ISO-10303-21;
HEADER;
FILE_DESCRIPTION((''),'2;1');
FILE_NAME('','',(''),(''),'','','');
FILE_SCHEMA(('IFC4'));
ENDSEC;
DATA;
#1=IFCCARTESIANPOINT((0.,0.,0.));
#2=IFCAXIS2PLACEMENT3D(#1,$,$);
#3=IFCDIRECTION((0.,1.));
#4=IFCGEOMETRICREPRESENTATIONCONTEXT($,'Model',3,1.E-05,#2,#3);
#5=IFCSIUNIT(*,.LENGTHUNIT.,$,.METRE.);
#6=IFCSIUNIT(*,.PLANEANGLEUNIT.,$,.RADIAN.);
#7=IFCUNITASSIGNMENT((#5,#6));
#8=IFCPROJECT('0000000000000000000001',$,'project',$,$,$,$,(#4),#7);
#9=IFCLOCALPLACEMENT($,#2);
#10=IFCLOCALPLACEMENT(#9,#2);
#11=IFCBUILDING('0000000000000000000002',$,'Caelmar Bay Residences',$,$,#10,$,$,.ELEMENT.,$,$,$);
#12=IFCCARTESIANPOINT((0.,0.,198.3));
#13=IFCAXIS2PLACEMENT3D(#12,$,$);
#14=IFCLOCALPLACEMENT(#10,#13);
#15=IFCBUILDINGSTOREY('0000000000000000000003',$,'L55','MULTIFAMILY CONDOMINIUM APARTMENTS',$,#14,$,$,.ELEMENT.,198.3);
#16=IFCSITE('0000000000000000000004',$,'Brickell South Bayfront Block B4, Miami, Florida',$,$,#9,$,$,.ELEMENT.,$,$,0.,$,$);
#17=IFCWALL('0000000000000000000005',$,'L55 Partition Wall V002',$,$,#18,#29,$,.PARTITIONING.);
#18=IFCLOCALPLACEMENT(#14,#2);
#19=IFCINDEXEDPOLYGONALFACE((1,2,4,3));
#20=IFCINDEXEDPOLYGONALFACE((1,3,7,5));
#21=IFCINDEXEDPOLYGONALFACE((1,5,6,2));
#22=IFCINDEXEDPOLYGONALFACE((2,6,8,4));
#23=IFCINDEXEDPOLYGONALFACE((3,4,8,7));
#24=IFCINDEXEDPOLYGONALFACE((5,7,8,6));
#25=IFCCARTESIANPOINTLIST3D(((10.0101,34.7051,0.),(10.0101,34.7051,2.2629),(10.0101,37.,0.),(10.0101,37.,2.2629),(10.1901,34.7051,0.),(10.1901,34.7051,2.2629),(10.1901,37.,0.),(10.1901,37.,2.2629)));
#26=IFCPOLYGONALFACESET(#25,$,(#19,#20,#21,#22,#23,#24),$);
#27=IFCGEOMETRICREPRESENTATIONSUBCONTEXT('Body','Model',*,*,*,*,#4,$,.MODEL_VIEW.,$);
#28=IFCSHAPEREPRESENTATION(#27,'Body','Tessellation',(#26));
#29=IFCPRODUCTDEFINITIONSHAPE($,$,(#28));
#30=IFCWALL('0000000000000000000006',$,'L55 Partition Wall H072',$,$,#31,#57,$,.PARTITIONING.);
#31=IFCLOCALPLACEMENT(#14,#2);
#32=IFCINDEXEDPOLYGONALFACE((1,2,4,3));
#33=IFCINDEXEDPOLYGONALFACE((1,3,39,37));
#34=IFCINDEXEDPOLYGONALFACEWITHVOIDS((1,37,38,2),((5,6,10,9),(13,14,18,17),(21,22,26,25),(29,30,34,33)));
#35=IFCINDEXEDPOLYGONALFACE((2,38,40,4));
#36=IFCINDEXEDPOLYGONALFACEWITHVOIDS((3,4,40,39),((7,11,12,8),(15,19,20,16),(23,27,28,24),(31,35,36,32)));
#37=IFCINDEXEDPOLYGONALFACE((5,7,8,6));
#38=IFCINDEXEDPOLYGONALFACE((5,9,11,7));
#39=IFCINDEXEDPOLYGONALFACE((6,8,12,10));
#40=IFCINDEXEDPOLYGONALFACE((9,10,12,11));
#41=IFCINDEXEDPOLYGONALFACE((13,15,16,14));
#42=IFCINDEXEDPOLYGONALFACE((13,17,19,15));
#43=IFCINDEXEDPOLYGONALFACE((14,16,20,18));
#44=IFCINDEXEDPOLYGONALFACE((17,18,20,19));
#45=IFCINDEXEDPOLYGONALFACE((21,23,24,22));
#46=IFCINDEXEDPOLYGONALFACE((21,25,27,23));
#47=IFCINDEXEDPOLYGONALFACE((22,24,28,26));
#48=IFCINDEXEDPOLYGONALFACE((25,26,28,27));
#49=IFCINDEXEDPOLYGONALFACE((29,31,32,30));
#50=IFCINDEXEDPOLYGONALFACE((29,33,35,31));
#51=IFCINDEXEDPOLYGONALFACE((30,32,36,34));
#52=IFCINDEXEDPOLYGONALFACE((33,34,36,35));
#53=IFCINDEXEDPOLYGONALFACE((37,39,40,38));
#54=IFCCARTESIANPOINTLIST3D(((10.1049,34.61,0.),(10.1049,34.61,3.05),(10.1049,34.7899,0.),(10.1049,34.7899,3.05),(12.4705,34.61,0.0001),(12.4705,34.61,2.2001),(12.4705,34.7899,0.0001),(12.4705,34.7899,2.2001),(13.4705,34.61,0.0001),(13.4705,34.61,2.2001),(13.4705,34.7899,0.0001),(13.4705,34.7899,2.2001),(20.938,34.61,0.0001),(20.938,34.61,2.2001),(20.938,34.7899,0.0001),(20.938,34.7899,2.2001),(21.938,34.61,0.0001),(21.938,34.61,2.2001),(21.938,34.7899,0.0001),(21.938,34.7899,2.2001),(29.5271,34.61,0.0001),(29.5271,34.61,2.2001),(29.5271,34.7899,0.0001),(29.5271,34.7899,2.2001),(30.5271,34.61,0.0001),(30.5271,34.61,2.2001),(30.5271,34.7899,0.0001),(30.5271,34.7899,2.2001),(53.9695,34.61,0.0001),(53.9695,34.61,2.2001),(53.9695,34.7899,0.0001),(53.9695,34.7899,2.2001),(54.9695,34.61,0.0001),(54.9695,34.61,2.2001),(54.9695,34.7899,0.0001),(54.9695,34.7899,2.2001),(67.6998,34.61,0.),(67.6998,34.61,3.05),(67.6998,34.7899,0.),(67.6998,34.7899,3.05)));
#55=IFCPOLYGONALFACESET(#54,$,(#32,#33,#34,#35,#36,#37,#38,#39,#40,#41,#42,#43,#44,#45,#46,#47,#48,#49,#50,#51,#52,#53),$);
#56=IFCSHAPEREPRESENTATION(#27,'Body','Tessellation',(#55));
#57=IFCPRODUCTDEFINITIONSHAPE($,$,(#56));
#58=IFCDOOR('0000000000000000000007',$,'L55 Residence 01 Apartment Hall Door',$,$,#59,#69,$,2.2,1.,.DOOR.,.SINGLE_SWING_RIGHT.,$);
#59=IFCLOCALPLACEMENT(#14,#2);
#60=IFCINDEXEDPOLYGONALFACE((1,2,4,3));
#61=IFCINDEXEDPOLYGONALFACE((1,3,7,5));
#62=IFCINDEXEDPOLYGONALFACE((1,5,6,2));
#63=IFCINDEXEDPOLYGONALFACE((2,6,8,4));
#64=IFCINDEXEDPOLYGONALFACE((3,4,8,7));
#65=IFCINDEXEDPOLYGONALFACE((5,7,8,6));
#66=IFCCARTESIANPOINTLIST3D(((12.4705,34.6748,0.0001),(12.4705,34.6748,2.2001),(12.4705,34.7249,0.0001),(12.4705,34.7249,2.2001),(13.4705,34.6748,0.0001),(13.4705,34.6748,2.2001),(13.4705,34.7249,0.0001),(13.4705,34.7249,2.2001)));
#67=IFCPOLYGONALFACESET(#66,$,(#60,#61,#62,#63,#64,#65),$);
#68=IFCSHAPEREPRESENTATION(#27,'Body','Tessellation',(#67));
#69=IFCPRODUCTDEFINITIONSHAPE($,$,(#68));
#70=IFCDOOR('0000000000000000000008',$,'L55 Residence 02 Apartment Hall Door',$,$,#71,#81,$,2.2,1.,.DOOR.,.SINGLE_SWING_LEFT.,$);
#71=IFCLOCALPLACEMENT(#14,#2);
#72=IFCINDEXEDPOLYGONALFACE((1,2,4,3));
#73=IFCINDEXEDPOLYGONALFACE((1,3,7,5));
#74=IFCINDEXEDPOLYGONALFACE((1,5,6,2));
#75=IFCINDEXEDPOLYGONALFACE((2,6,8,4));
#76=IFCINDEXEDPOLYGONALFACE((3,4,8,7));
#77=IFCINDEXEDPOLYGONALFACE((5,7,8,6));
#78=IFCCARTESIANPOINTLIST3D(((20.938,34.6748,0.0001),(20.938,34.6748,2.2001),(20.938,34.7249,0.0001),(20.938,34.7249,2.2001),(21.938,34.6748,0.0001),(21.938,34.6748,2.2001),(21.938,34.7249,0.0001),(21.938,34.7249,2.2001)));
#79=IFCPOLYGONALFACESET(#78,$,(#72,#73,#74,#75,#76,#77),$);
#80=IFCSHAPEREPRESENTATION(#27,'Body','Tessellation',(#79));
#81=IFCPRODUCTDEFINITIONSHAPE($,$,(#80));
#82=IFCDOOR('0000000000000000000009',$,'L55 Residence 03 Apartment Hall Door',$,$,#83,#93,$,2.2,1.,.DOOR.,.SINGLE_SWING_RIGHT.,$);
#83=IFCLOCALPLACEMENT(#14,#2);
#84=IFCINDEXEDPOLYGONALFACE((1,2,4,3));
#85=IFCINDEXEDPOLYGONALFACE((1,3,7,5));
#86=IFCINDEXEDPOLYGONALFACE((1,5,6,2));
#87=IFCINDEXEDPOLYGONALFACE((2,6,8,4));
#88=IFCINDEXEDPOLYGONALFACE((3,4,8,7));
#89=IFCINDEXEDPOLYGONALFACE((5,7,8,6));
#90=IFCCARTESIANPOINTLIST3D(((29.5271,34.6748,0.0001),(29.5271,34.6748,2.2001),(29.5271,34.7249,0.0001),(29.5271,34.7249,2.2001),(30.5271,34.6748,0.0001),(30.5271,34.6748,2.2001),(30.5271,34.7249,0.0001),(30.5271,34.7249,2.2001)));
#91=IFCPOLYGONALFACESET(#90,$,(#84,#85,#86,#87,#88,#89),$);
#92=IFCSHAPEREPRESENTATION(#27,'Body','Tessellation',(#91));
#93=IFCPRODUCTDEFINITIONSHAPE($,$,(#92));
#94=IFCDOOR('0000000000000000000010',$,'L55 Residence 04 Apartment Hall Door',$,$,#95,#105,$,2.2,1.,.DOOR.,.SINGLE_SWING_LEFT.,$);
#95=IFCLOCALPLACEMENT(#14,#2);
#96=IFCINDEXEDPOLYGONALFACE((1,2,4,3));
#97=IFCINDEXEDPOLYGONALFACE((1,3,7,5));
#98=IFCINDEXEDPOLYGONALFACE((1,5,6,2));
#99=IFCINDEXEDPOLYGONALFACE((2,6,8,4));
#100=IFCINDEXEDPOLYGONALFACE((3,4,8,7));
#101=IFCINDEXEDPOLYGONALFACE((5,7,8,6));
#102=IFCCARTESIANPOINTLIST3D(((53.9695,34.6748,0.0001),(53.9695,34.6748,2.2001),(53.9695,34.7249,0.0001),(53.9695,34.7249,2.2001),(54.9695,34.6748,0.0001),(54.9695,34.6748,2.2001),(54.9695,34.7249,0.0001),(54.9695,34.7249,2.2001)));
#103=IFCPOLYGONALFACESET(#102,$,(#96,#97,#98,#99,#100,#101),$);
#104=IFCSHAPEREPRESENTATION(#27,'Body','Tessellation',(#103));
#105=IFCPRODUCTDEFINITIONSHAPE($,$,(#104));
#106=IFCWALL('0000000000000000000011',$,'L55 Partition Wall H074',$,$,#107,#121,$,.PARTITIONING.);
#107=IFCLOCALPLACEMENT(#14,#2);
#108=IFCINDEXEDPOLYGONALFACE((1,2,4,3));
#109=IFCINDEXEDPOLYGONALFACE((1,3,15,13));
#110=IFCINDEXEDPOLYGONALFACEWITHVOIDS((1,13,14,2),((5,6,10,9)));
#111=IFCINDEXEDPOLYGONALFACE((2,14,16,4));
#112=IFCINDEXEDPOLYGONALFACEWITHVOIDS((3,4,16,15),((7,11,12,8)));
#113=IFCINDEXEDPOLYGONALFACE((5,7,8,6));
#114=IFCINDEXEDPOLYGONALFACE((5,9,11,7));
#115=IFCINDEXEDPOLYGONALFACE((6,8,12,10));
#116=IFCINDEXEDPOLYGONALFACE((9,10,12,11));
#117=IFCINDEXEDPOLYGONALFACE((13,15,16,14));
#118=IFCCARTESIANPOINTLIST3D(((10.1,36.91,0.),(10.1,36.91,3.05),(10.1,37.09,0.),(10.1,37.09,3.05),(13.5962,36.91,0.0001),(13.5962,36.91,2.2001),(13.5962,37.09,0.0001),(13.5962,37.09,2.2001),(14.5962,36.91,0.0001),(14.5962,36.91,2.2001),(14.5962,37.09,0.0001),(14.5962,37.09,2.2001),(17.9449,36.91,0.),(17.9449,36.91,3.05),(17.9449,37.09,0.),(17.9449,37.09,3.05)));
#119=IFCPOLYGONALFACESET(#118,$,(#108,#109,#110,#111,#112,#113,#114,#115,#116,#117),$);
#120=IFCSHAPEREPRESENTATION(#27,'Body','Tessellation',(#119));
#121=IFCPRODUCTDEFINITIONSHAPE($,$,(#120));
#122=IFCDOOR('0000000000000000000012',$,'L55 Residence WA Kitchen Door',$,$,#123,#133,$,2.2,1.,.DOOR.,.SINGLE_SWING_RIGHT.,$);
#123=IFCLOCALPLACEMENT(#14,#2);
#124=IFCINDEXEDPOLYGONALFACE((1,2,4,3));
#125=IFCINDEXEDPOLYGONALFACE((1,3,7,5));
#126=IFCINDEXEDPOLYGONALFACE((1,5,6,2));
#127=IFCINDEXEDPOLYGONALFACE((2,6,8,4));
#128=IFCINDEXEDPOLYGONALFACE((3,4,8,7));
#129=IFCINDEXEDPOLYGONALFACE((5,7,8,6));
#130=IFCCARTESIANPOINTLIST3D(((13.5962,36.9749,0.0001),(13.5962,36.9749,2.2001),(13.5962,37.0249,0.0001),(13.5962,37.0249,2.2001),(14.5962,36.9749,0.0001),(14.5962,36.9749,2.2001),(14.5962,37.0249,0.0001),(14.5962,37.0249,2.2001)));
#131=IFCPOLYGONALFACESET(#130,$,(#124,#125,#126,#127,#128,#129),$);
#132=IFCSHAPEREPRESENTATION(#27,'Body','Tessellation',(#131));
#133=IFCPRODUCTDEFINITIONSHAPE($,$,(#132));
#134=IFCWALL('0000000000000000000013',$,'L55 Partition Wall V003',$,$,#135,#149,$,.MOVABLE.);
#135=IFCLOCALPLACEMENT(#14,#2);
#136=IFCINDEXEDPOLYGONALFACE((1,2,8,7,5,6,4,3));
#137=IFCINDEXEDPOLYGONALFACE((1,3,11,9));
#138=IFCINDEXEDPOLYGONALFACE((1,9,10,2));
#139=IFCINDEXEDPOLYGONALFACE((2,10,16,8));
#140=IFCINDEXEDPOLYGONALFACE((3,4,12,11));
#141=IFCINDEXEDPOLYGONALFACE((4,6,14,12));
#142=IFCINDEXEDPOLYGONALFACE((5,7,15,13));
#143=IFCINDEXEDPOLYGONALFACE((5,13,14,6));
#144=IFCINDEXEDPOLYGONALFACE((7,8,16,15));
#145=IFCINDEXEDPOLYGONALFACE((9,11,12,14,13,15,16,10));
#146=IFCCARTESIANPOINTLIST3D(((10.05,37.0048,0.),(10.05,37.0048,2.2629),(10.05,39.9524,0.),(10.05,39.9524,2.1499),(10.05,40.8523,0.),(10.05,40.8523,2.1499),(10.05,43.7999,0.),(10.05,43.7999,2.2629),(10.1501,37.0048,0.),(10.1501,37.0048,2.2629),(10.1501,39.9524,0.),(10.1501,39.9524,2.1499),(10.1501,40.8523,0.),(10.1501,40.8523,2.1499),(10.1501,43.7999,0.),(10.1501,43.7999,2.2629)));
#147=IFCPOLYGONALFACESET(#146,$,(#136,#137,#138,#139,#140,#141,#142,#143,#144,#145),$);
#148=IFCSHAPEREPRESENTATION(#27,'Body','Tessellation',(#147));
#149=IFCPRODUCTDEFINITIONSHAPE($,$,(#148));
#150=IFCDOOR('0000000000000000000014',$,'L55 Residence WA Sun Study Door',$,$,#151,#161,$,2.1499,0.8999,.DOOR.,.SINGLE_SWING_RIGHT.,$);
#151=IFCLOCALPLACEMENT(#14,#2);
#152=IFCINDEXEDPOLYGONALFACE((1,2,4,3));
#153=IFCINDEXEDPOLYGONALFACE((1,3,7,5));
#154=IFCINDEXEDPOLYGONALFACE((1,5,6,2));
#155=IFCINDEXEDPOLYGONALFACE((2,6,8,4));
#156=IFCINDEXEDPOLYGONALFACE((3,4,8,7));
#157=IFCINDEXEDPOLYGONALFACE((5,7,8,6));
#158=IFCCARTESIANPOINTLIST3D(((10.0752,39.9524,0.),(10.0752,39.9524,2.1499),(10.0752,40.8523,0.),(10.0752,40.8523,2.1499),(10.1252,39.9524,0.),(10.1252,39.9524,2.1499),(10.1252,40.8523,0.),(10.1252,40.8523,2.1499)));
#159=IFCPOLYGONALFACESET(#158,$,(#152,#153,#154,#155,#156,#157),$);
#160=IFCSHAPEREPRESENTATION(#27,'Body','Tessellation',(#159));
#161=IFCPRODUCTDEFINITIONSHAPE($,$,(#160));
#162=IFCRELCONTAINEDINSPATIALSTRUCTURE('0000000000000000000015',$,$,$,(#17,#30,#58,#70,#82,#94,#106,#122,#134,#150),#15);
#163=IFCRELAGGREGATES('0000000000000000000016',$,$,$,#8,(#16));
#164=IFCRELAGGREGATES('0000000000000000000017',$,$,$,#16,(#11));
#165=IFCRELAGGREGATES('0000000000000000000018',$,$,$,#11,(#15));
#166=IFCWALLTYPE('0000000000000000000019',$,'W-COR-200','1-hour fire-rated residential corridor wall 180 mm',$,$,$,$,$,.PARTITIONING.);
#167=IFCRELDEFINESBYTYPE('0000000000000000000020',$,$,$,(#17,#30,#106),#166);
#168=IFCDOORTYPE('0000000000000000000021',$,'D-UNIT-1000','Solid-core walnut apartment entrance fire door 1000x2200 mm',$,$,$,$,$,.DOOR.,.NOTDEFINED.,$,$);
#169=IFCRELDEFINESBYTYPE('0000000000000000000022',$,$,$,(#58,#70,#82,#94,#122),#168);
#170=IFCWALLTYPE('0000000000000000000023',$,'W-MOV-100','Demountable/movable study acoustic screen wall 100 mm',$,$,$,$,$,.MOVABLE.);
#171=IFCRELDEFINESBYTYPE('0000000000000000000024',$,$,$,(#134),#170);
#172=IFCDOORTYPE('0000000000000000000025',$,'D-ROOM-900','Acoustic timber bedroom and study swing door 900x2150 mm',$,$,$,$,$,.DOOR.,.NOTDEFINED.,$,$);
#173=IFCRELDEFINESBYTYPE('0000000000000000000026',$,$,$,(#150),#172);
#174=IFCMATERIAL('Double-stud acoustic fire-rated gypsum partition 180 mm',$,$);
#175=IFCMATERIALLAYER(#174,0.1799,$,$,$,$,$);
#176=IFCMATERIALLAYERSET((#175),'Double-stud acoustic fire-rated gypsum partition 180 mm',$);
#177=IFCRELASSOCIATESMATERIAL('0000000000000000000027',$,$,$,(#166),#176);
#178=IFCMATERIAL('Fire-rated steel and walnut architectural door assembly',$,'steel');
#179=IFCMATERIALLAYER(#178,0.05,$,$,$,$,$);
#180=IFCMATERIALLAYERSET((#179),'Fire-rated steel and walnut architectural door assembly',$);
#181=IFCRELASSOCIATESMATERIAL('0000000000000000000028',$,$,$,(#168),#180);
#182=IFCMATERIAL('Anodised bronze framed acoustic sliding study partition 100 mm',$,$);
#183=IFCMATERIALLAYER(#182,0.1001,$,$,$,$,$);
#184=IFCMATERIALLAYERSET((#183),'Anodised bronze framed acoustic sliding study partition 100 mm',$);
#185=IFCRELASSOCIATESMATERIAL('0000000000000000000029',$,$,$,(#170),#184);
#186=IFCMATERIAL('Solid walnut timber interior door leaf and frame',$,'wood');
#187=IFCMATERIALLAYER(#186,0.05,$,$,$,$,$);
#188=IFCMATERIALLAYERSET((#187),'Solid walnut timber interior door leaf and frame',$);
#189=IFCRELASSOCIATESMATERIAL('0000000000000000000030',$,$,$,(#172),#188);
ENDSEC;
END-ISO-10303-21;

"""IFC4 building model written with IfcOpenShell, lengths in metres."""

from ifc_helpers import new_model, si_unit, direction, frame, frame_2d, origin, place, context, subcontext, project, spatial, rectangle, extrude, material, layer, layer_set, type_object, element, fill, save


model = new_model("IFC4")

# Units and contexts
model_context = context("Model", 3, precision=1e-05, world=origin(), true_north=direction((0.0, 1.0)))
body_context = subcontext(model_context, "Body", "Model", "MODEL_VIEW")
ifc_project = project(units=[si_unit("LENGTHUNIT", "METRE"), si_unit("PLANEANGLEUNIT", "RADIAN")], contexts=[model_context])

# Site, building, storey
site_placement = place(None, origin())
site = spatial("IfcSite", under=ifc_project, at=site_placement, Name="Brickell South Bayfront Block B4, Miami, Florida", CompositionType="ELEMENT", RefElevation=0.0)
building_placement = place(site_placement, origin())
building = spatial("IfcBuilding", under=site, at=building_placement, Name="Caelmar Bay Residences", CompositionType="ELEMENT")
storey_placement = place(building_placement, frame((0.0, 0.0, 198.3)))
storey = spatial("IfcBuildingStorey", under=building, at=storey_placement, Name="L55", Description="MULTIFAMILY CONDOMINIUM APARTMENTS", CompositionType="ELEMENT", Elevation=198.3)

# Wall
ifc_material_1 = material(Name="Double-stud acoustic fire-rated gypsum partition 180 mm")
ifc_layer_1 = layer(ifc_material_1, 0.1799)
ifc_layer_set_1 = layer_set([ifc_layer_1], Name="Double-stud acoustic fire-rated gypsum partition 180 mm")
wall_type_1 = type_object("IfcWallType", Name="W-COR-200", Description="1-hour fire-rated residential corridor wall 180 mm", PredefinedType="PARTITIONING", material=ifc_layer_set_1)
wall_1_placement = place(storey_placement, frame((10.1001, 34.7051, 0.0), z_axis=(0.0, 0.0, 1.0), x_axis=(0.0, 1.0, 0.0)))
element("IfcWall", 1, at=wall_1_placement, inside=storey, type_object=wall_type_1, Name="L55 Partition Wall V002", PredefinedType="PARTITIONING", context=body_context, shape_type="SweptSolid", body=[
    extrude(rectangle(XDim=2.2949, YDim=0.1799, at=frame_2d((1.1475, 0.0))), origin(), (0.0, 0.0, 1.0), 2.2629),
])

# Wall, openings, doors
wall_2_placement = place(storey_placement, frame((10.105, 34.7, 0.0), z_axis=(0.0, 0.0, 1.0), x_axis=(1.0, 0.0, 0.0)))
wall_2 = element("IfcWall", 2, at=wall_2_placement, inside=storey, type_object=wall_type_1, Name="L55 Partition Wall H072", PredefinedType="PARTITIONING", context=body_context, shape_type="SweptSolid", body=[
    extrude(rectangle(XDim=57.595, YDim=0.1799, at=frame_2d((28.7974, 0.0))), origin(), (0.0, 0.0, 1.0), 3.05),
])
opening_1_placement = place(wall_2_placement, frame((2.3655, 0.0, 0.0)))
opening_1 = element("IfcOpeningElement", 3, at=opening_1_placement, cuts=wall_2, PredefinedType="OPENING", context=body_context, shape_type="SweptSolid", body=[
    extrude(rectangle(XDim=1.0, YDim=2.2, at=frame_2d((0.5, 1.1001))), frame((0.0, 0.0999, 0.0), z_axis=(0.0, -1.0, 0.0), x_axis=(1.0, 0.0, 0.0)), (0.0, 0.0, 1.0), 0.2),
])
opening_2_placement = place(wall_2_placement, frame((10.833, 0.0, 0.0)))
opening_2 = element("IfcOpeningElement", 4, at=opening_2_placement, cuts=wall_2, PredefinedType="OPENING", context=body_context, shape_type="SweptSolid", body=[
    extrude(rectangle(XDim=1.0, YDim=2.2, at=frame_2d((0.5, 1.1001))), frame((0.0, 0.0999, 0.0), z_axis=(0.0, -1.0, 0.0), x_axis=(1.0, 0.0, 0.0)), (0.0, 0.0, 1.0), 0.2),
])
opening_3_placement = place(wall_2_placement, frame((19.4221, 0.0, 0.0)))
opening_3 = element("IfcOpeningElement", 5, at=opening_3_placement, cuts=wall_2, PredefinedType="OPENING", context=body_context, shape_type="SweptSolid", body=[
    extrude(rectangle(XDim=1.0, YDim=2.2, at=frame_2d((0.5, 1.1001))), frame((0.0, 0.0999, 0.0), z_axis=(0.0, -1.0, 0.0), x_axis=(1.0, 0.0, 0.0)), (0.0, 0.0, 1.0), 0.2),
])
opening_4_placement = place(wall_2_placement, frame((43.8645, 0.0, 0.0)))
opening_4 = element("IfcOpeningElement", 6, at=opening_4_placement, cuts=wall_2, PredefinedType="OPENING", context=body_context, shape_type="SweptSolid", body=[
    extrude(rectangle(XDim=1.0, YDim=2.2, at=frame_2d((0.5, 1.1001))), frame((0.0, 0.0999, 0.0), z_axis=(0.0, -1.0, 0.0), x_axis=(1.0, 0.0, 0.0)), (0.0, 0.0, 1.0), 0.2),
])
ifc_material_2 = material(Name="Fire-rated steel and walnut architectural door assembly", Category="steel")
ifc_layer_2 = layer(ifc_material_2, 0.05)
ifc_layer_set_2 = layer_set([ifc_layer_2], Name="Fire-rated steel and walnut architectural door assembly")
door_type_1 = type_object("IfcDoorType", Name="D-UNIT-1000", Description="Solid-core walnut apartment entrance fire door 1000x2200 mm", OperationType="NOTDEFINED", PredefinedType="DOOR", material=ifc_layer_set_2)
door_1_placement = place(opening_1_placement, origin())
door_1 = element("IfcDoor", 7, at=door_1_placement, inside=storey, type_object=door_type_1, Name="L55 Residence 01 Apartment Hall Door", OperationType="SINGLE_SWING_RIGHT", OverallHeight=2.2, OverallWidth=1.0, PredefinedType="DOOR", context=body_context, shape_type="SweptSolid", body=[
    extrude(rectangle(XDim=1.0, YDim=2.2, at=frame_2d((0.5, 1.1001))), frame((0.0, 0.0249, 0.0), z_axis=(0.0, -1.0, 0.0), x_axis=(1.0, 0.0, 0.0)), (0.0, 0.0, 1.0), 0.05),
])
fill(opening_1, door_1)
door_2_placement = place(opening_2_placement, origin())
door_2 = element("IfcDoor", 8, at=door_2_placement, inside=storey, type_object=door_type_1, Name="L55 Residence 02 Apartment Hall Door", OperationType="SINGLE_SWING_LEFT", OverallHeight=2.2, OverallWidth=1.0, PredefinedType="DOOR", context=body_context, shape_type="SweptSolid", body=[
    extrude(rectangle(XDim=1.0, YDim=2.2, at=frame_2d((0.5, 1.1001))), frame((0.0, 0.0249, 0.0), z_axis=(0.0, -1.0, 0.0), x_axis=(1.0, 0.0, 0.0)), (0.0, 0.0, 1.0), 0.05),
])
fill(opening_2, door_2)
door_3_placement = place(opening_3_placement, origin())
door_3 = element("IfcDoor", 9, at=door_3_placement, inside=storey, type_object=door_type_1, Name="L55 Residence 03 Apartment Hall Door", OperationType="SINGLE_SWING_RIGHT", OverallHeight=2.2, OverallWidth=1.0, PredefinedType="DOOR", context=body_context, shape_type="SweptSolid", body=[
    extrude(rectangle(XDim=1.0, YDim=2.2, at=frame_2d((0.5, 1.1001))), frame((0.0, 0.0249, 0.0), z_axis=(0.0, -1.0, 0.0), x_axis=(1.0, 0.0, 0.0)), (0.0, 0.0, 1.0), 0.05),
])
fill(opening_3, door_3)
door_4_placement = place(opening_4_placement, origin())
door_4 = element("IfcDoor", 10, at=door_4_placement, inside=storey, type_object=door_type_1, Name="L55 Residence 04 Apartment Hall Door", OperationType="SINGLE_SWING_LEFT", OverallHeight=2.2, OverallWidth=1.0, PredefinedType="DOOR", context=body_context, shape_type="SweptSolid", body=[
    extrude(rectangle(XDim=1.0, YDim=2.2, at=frame_2d((0.5, 1.1001))), frame((0.0, 0.0249, 0.0), z_axis=(0.0, -1.0, 0.0), x_axis=(1.0, 0.0, 0.0)), (0.0, 0.0, 1.0), 0.05),
])
fill(opening_4, door_4)

# Walls, openings, doors
wall_3_placement = place(storey_placement, frame((10.1001, 37.0, 0.0), z_axis=(0.0, 0.0, 1.0), x_axis=(1.0, 0.0, 0.0)))
wall_3 = element("IfcWall", 11, at=wall_3_placement, inside=storey, type_object=wall_type_1, Name="L55 Partition Wall H074", PredefinedType="PARTITIONING", context=body_context, shape_type="SweptSolid", body=[
    extrude(rectangle(XDim=7.845, YDim=0.1799, at=frame_2d((3.9224, 0.0))), origin(), (0.0, 0.0, 1.0), 3.05),
])
opening_5_placement = place(wall_3_placement, frame((3.4961, 0.0, 0.0)))
opening_5 = element("IfcOpeningElement", 12, at=opening_5_placement, cuts=wall_3, PredefinedType="OPENING", context=body_context, shape_type="SweptSolid", body=[
    extrude(rectangle(XDim=1.0, YDim=2.2, at=frame_2d((0.5, 1.1001))), frame((0.0, 0.0999, 0.0), z_axis=(0.0, -1.0, 0.0), x_axis=(1.0, 0.0, 0.0)), (0.0, 0.0, 1.0), 0.2),
])
door_5_placement = place(opening_5_placement, origin())
door_5 = element("IfcDoor", 13, at=door_5_placement, inside=storey, type_object=door_type_1, Name="L55 Residence WA Kitchen Door", OperationType="SINGLE_SWING_RIGHT", OverallHeight=2.2, OverallWidth=1.0, PredefinedType="DOOR", context=body_context, shape_type="SweptSolid", body=[
    extrude(rectangle(XDim=1.0, YDim=2.2, at=frame_2d((0.5, 1.1001))), frame((0.0, 0.0249, 0.0), z_axis=(0.0, -1.0, 0.0), x_axis=(1.0, 0.0, 0.0)), (0.0, 0.0, 1.0), 0.05),
])
fill(opening_5, door_5)
ifc_material_3 = material(Name="Anodised bronze framed acoustic sliding study partition 100 mm")
ifc_layer_3 = layer(ifc_material_3, 0.1001)
ifc_layer_set_3 = layer_set([ifc_layer_3], Name="Anodised bronze framed acoustic sliding study partition 100 mm")
wall_type_2 = type_object("IfcWallType", Name="W-MOV-100", Description="Demountable/movable study acoustic screen wall 100 mm", PredefinedType="MOVABLE", material=ifc_layer_set_3)
wall_4_placement = place(storey_placement, frame((10.1001, 37.0049, 0.0), z_axis=(0.0, 0.0, 1.0), x_axis=(0.0, 1.0, 0.0)))
wall_4 = element("IfcWall", 14, at=wall_4_placement, inside=storey, type_object=wall_type_2, Name="L55 Partition Wall V003", PredefinedType="MOVABLE", context=body_context, shape_type="SweptSolid", body=[
    extrude(rectangle(XDim=6.7952, YDim=0.1001, at=frame_2d((3.3975, 0.0))), origin(), (0.0, 0.0, 1.0), 2.2629),
])
opening_6_placement = place(wall_4_placement, frame((2.9475, 0.0, 0.0)))
opening_6 = element("IfcOpeningElement", 15, at=opening_6_placement, cuts=wall_4, PredefinedType="OPENING", context=body_context, shape_type="SweptSolid", body=[
    extrude(rectangle(XDim=0.8999, YDim=2.1499, at=frame_2d((0.45, 1.075))), frame((0.0, 0.0601, 0.0), z_axis=(0.0, -1.0, 0.0), x_axis=(1.0, 0.0, 0.0)), (0.0, 0.0, 1.0), 0.1201),
])
ifc_material_4 = material(Name="Solid walnut timber interior door leaf and frame", Category="wood")
ifc_layer_4 = layer(ifc_material_4, 0.05)
ifc_layer_set_4 = layer_set([ifc_layer_4], Name="Solid walnut timber interior door leaf and frame")
door_type_2 = type_object("IfcDoorType", Name="D-ROOM-900", Description="Acoustic timber bedroom and study swing door 900x2150 mm", OperationType="NOTDEFINED", PredefinedType="DOOR", material=ifc_layer_set_4)
door_6_placement = place(opening_6_placement, origin())
door_6 = element("IfcDoor", 16, at=door_6_placement, inside=storey, type_object=door_type_2, Name="L55 Residence WA Sun Study Door", OperationType="SINGLE_SWING_RIGHT", OverallHeight=2.1499, OverallWidth=0.8999, PredefinedType="DOOR", context=body_context, shape_type="SweptSolid", body=[
    extrude(rectangle(XDim=0.8999, YDim=2.1499, at=frame_2d((0.45, 1.075))), frame((0.0, 0.0249, 0.0), z_axis=(0.0, -1.0, 0.0), x_axis=(1.0, 0.0, 0.0)), (0.0, 0.0, 1.0), 0.05),
])
fill(opening_6, door_6)

save(model, "model.ifc")
